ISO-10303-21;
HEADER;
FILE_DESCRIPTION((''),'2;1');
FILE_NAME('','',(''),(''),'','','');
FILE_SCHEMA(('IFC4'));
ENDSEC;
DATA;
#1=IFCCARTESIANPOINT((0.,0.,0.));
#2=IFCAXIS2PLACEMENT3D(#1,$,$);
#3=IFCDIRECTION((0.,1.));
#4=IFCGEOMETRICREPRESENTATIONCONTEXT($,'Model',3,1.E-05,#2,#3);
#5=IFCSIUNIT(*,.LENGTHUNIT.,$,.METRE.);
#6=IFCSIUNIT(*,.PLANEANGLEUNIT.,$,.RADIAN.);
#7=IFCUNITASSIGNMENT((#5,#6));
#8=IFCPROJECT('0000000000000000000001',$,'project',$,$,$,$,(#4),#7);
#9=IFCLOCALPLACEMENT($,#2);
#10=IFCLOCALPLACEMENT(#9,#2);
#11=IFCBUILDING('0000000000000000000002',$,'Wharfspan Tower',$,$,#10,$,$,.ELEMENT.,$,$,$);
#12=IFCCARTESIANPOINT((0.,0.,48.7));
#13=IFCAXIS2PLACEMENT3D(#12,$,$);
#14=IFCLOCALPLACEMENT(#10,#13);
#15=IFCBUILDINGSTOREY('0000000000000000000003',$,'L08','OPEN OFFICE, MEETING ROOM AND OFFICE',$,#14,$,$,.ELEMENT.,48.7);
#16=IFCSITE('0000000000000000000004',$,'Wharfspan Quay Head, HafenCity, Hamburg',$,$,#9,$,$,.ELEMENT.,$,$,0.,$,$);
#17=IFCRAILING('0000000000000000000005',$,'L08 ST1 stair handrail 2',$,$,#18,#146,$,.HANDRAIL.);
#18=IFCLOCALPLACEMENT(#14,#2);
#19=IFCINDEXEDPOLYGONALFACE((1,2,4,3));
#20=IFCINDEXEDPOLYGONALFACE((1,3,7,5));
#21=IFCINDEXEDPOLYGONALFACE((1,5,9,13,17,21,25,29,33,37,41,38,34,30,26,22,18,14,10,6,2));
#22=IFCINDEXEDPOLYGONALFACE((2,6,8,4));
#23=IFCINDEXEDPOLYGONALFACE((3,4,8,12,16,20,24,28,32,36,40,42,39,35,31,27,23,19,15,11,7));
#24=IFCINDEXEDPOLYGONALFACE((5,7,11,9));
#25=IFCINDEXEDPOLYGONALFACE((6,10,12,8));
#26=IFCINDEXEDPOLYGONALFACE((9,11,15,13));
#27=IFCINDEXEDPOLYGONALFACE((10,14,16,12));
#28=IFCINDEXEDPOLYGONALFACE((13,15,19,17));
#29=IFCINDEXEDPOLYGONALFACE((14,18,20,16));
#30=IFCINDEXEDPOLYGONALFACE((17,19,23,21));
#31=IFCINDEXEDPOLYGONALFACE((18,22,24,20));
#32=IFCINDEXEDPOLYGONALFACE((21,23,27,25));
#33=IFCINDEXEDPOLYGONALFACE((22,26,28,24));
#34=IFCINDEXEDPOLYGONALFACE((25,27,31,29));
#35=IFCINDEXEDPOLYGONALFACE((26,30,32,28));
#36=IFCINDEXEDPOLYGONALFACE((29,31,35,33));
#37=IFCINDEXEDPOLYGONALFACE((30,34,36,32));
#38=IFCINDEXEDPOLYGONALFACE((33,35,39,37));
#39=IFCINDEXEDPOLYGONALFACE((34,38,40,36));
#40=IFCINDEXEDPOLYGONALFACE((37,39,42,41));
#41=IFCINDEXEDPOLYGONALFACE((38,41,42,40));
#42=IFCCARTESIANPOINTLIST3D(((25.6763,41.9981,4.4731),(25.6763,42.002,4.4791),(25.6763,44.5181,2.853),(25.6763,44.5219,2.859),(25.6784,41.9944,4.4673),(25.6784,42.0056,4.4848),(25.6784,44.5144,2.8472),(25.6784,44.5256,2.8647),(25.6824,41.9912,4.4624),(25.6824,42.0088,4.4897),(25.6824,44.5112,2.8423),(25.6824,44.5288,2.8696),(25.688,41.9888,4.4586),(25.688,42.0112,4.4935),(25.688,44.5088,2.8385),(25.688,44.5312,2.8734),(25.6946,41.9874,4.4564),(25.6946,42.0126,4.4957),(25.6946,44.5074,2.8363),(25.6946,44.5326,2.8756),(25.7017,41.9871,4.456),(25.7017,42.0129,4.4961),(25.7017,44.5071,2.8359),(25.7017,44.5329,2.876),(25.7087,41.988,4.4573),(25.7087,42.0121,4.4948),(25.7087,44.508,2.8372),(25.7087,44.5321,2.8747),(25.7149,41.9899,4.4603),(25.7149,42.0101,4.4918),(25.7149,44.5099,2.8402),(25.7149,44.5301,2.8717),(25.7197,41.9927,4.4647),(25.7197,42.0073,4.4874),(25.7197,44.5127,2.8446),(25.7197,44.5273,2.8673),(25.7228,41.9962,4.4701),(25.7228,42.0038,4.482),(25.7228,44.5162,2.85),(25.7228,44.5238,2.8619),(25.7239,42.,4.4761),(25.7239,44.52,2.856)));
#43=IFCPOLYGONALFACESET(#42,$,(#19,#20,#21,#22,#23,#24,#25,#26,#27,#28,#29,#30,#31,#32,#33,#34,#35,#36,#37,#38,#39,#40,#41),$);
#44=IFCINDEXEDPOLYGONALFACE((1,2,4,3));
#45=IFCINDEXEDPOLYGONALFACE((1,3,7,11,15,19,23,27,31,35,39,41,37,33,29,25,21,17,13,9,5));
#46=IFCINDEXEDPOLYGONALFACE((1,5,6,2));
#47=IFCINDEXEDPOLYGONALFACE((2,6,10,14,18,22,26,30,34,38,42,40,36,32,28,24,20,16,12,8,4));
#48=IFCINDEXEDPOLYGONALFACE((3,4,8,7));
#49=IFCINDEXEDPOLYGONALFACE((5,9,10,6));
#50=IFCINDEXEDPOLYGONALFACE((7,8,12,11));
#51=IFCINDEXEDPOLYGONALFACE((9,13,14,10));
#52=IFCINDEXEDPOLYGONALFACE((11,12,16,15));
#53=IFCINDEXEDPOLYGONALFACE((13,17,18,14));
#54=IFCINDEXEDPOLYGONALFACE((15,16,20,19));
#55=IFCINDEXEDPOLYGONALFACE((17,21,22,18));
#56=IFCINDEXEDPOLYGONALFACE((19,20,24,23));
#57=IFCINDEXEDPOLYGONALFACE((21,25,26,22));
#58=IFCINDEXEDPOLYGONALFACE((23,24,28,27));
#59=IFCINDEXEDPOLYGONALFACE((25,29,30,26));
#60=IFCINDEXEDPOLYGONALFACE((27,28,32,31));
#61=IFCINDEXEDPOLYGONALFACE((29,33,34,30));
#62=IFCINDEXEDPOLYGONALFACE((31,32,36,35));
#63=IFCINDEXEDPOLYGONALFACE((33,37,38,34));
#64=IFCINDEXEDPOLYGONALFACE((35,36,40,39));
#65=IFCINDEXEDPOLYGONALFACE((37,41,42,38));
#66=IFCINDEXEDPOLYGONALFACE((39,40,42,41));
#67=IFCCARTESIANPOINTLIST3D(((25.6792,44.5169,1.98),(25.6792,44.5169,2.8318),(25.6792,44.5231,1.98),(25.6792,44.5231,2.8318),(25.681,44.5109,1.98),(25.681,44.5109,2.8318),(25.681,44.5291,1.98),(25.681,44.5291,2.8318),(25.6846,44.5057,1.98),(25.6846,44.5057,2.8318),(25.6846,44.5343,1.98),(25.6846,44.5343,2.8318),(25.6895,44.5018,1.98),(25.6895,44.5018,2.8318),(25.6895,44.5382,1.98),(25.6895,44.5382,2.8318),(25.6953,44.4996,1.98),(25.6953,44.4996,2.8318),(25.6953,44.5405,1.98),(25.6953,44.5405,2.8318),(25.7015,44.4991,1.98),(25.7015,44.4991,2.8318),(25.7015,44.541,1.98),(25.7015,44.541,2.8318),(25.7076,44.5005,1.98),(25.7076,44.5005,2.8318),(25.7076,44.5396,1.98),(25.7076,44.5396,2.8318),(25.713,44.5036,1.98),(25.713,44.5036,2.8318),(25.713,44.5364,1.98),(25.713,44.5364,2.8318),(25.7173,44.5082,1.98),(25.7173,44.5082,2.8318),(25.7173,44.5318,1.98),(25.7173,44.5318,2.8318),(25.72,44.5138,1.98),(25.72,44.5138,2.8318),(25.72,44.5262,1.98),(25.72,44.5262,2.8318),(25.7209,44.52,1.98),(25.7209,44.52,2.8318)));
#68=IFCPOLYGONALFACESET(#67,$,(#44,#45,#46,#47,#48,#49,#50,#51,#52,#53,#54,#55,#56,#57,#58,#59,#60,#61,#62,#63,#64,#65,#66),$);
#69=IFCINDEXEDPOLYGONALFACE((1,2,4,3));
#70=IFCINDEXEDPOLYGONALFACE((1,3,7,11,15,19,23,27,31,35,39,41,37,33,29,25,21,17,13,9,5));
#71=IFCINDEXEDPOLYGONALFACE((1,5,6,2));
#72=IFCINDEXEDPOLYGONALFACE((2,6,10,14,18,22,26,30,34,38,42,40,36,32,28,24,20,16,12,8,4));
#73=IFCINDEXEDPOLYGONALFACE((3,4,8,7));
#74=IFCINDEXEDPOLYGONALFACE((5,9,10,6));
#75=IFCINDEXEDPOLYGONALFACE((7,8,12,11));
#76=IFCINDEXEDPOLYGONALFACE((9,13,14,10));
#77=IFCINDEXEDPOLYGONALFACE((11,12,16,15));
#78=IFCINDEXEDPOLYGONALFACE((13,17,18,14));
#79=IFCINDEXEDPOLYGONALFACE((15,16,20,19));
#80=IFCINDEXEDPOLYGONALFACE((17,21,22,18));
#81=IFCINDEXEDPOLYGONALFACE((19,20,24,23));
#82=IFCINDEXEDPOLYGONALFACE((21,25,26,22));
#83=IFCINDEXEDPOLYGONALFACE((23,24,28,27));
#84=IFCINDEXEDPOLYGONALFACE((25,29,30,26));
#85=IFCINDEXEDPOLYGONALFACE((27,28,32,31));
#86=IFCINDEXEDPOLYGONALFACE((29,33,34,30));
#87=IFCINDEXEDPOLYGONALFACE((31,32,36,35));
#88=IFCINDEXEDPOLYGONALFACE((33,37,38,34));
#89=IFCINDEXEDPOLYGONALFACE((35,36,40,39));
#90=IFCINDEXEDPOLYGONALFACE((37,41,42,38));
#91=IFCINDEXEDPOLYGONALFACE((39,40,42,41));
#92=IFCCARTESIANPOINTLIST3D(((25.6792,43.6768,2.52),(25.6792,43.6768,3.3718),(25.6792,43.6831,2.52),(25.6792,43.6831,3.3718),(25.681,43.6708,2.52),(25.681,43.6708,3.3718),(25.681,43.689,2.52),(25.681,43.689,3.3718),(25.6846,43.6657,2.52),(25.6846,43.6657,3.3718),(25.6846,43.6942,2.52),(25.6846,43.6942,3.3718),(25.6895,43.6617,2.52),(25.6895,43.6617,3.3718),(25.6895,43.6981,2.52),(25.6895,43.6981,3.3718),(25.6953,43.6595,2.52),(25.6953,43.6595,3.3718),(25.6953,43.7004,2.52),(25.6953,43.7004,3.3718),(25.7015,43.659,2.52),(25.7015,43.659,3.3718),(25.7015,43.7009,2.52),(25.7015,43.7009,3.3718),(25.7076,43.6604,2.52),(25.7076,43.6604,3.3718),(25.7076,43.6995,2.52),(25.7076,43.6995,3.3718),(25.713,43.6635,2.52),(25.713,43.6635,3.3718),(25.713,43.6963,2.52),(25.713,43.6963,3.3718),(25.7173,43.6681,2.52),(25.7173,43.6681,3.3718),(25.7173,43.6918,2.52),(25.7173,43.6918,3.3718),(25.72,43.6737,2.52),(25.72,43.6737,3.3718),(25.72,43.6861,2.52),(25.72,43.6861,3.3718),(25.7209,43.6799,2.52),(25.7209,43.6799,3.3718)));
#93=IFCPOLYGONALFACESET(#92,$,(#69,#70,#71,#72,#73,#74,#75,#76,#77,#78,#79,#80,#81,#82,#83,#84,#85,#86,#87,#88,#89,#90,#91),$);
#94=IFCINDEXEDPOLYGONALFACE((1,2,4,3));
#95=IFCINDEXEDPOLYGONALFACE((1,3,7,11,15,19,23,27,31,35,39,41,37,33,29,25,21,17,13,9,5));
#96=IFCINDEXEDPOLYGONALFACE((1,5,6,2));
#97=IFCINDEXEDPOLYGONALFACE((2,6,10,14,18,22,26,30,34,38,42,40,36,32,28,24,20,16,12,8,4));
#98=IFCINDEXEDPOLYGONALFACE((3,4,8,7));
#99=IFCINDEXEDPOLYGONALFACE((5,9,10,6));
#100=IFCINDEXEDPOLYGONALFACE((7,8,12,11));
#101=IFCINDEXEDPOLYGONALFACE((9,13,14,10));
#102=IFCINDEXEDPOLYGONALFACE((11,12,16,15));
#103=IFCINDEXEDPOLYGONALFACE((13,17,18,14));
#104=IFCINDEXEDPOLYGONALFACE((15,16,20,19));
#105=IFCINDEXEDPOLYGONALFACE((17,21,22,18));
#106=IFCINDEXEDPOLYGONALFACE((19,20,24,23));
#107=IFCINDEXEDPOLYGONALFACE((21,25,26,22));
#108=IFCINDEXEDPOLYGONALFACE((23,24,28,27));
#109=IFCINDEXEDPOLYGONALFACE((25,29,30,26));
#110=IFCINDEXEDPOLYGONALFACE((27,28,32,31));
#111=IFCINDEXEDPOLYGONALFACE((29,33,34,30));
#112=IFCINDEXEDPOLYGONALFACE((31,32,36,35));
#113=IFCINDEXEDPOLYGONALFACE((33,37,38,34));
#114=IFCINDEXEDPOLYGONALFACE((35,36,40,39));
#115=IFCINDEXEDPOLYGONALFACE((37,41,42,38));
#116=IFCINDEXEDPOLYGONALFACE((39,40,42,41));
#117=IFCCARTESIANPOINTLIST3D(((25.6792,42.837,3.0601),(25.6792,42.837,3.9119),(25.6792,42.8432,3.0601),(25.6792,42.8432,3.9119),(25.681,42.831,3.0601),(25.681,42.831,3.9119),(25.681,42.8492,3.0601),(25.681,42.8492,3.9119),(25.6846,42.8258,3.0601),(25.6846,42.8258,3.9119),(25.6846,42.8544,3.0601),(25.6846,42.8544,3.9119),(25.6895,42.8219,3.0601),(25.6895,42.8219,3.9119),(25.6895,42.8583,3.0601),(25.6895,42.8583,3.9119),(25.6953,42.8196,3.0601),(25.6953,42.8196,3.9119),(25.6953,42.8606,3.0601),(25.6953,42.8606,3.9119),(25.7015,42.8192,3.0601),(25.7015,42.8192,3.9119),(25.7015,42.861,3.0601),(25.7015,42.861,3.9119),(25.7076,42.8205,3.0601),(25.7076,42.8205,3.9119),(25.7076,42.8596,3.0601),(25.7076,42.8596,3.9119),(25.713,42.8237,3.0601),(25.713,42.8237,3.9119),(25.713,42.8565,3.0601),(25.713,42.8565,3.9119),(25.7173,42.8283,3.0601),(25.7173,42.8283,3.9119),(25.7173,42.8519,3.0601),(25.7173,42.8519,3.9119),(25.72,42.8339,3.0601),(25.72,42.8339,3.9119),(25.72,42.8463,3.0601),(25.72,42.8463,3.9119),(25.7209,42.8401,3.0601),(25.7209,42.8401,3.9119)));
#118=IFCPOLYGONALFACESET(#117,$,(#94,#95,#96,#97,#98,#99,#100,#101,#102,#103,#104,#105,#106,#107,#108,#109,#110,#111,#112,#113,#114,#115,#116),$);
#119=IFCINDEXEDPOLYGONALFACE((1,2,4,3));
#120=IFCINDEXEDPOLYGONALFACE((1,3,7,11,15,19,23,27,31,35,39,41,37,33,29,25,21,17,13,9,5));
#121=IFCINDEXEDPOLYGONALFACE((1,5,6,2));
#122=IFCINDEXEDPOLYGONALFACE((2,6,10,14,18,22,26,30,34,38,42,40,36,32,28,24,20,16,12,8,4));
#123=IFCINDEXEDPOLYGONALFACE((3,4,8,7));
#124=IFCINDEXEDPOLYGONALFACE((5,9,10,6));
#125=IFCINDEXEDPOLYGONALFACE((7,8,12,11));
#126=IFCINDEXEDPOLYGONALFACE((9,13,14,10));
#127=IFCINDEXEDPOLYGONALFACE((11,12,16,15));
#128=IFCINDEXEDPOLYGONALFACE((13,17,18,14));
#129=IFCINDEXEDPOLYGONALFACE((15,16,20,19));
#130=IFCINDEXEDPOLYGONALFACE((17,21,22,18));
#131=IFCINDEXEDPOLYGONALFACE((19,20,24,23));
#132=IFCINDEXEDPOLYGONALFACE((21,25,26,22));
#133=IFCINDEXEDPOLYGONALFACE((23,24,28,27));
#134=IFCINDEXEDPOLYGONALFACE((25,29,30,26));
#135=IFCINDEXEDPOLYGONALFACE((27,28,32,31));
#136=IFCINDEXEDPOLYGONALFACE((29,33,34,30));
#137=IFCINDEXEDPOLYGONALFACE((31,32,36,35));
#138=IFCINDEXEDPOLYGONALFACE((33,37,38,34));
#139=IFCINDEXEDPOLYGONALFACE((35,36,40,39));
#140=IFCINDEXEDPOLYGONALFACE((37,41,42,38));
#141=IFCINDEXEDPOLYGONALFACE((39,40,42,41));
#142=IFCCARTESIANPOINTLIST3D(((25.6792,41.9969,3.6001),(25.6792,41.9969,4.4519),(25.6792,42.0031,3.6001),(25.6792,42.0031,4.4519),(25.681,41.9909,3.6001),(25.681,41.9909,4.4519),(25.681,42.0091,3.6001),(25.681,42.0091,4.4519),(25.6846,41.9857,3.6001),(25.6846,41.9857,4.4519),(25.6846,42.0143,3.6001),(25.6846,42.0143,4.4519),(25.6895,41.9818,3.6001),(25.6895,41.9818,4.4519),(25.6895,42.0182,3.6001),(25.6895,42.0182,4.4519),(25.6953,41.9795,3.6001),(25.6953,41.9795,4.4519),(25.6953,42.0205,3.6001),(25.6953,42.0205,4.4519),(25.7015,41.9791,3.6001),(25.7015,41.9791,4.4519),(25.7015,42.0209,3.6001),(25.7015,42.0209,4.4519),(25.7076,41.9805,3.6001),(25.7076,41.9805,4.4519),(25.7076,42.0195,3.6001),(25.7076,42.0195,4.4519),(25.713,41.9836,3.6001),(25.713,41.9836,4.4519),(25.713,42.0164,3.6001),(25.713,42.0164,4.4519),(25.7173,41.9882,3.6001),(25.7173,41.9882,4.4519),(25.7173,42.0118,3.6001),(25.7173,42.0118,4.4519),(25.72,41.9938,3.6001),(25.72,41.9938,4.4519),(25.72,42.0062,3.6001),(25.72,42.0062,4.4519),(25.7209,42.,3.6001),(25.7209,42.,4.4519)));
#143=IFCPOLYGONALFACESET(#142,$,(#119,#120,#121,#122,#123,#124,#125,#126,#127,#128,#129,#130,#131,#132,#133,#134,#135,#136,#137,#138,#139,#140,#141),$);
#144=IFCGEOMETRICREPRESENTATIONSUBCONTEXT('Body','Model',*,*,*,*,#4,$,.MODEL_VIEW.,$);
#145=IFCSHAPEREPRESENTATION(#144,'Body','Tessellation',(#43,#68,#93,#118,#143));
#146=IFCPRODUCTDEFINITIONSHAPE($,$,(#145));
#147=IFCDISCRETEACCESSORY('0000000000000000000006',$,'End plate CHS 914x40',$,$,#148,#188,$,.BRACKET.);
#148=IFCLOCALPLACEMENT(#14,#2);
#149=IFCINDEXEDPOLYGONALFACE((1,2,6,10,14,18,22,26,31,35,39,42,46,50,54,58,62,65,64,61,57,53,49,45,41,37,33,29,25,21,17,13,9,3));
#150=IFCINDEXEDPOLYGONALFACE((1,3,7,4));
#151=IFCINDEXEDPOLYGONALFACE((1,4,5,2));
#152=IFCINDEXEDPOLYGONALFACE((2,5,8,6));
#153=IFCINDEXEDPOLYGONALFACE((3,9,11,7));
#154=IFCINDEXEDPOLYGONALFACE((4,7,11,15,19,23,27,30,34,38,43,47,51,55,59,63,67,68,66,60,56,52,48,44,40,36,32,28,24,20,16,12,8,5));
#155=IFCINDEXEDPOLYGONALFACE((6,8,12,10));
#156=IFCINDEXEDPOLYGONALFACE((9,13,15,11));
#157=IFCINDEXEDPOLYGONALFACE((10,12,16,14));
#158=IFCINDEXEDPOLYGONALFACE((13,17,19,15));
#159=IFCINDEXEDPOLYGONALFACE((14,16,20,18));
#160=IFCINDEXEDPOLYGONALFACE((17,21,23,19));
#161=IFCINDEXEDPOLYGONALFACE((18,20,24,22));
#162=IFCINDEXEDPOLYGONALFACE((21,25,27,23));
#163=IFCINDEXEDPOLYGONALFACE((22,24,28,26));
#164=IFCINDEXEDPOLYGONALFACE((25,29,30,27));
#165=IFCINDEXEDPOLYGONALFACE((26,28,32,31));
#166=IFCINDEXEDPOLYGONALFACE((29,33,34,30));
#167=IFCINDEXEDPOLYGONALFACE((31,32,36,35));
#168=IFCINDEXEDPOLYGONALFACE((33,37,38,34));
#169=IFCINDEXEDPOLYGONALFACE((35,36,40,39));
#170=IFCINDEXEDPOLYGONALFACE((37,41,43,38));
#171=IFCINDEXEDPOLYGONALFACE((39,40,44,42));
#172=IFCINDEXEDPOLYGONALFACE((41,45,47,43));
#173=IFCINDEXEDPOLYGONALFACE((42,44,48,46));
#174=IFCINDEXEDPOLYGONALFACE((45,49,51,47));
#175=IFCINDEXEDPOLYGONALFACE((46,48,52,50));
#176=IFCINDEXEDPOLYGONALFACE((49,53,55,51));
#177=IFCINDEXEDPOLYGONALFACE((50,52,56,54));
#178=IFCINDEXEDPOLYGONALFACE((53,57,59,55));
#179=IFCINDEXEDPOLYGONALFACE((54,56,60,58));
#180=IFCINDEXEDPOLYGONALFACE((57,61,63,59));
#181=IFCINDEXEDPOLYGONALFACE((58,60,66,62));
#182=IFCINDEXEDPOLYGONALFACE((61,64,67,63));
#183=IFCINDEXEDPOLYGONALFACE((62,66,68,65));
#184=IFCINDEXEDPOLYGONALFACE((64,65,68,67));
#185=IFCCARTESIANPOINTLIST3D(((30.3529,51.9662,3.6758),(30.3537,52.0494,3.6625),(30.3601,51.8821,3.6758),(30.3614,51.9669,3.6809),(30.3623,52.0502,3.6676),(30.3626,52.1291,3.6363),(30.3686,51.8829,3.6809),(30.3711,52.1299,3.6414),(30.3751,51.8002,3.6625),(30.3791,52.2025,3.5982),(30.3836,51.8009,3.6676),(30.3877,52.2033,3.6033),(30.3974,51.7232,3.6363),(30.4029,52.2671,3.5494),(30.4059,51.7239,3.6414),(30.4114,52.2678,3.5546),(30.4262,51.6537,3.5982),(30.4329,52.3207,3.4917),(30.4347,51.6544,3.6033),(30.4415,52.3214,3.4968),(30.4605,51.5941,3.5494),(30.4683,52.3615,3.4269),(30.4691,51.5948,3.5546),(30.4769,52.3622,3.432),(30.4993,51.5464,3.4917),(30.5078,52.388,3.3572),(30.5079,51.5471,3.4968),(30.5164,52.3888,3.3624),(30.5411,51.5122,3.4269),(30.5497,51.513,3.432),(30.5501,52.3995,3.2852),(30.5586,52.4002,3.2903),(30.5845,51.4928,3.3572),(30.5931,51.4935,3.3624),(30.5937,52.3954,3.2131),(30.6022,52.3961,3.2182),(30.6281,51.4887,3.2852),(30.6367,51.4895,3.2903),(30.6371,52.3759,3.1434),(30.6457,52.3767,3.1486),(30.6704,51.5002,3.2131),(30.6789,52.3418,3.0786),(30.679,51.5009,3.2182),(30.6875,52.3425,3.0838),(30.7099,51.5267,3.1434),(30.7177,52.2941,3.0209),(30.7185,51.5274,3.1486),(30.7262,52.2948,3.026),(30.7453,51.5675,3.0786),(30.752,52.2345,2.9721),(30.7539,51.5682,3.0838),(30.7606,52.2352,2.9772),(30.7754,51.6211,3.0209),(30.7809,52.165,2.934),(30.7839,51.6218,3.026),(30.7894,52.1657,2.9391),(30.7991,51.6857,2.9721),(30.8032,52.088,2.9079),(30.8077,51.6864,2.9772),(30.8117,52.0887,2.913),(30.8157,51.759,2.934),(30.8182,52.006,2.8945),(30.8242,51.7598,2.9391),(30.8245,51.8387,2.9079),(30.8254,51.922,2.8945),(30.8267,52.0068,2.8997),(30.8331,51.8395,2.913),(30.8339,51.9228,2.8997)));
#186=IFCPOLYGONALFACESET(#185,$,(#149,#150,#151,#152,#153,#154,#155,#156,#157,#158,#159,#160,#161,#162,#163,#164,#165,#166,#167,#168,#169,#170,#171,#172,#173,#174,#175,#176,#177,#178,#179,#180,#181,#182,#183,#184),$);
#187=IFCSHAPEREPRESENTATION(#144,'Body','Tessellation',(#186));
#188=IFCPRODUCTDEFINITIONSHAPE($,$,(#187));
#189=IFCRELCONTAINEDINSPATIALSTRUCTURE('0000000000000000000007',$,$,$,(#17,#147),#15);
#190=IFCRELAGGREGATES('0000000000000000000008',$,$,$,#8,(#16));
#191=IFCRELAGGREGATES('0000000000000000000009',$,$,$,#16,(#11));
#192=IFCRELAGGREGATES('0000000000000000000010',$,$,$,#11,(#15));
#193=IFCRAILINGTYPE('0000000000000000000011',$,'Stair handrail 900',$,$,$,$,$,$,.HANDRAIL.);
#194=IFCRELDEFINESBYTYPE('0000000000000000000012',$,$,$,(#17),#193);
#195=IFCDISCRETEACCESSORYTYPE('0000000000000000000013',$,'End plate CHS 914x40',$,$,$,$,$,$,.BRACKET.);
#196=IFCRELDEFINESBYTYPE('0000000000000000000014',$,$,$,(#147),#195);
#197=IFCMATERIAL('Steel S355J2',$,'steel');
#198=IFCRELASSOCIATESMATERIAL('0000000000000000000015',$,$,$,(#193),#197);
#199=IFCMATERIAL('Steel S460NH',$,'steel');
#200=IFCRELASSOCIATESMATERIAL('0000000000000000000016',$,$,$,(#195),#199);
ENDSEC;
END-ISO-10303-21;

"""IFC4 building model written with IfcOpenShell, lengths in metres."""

from ifc_helpers import new_model, si_unit, direction, frame, origin, origin_2d, place, context, subcontext, project, spatial, circle, extrude, material, material_profile, profile_set, type_object, element, save


model = new_model("IFC4")

# Units and contexts
model_context = context("Model", 3, precision=1e-05, world=origin(), true_north=direction((0.0, 1.0)))
body_context = subcontext(model_context, "Body", "Model", "MODEL_VIEW")
ifc_project = project(units=[si_unit("LENGTHUNIT", "METRE"), si_unit("PLANEANGLEUNIT", "RADIAN")], contexts=[model_context])

# Site, building, storey
site_placement = place(None, origin())
site = spatial("IfcSite", under=ifc_project, at=site_placement, Name="Wharfspan Quay Head, HafenCity, Hamburg", CompositionType="ELEMENT", RefElevation=0.0)
building_placement = place(site_placement, origin())
building = spatial("IfcBuilding", under=site, at=building_placement, Name="Wharfspan Tower", CompositionType="ELEMENT")
storey_placement = place(building_placement, frame((0.0, 0.0, 48.7)))
storey = spatial("IfcBuildingStorey", under=building, at=storey_placement, Name="L08", Description="OPEN OFFICE, MEETING ROOM AND OFFICE", CompositionType="ELEMENT", Elevation=48.7)

# Shared definitions
ifc_material_1 = material(Name="Steel S355J2", Category="steel")

# Shared definitions
ifc_material_2 = material(Name="Steel S460NH", Category="steel")

# Railing
railing_type_1 = type_object("IfcRailingType", Name="Stair handrail 900", PredefinedType="HANDRAIL", material=ifc_material_1)
railing_1_placement = place(storey_placement, frame((25.7, 44.52, 1.98)))
element("IfcRailing", 1, at=railing_1_placement, inside=storey, type_object=railing_type_1, Name="L08 ST1 stair handrail 2", PredefinedType="HANDRAIL", context=body_context, shape_type="SweptSolid", body=[
    extrude(circle(Radius=0.0239, at=origin_2d()), frame((0.0, 0.0, 0.876), z_axis=(0.0, -0.841163, 0.540782), x_axis=(1.0, 0.0, 0.0)), (0.0, 0.0, 1.0), 2.9958),
    extrude(circle(Radius=0.021, at=origin_2d()), origin(), (0.0, 0.0, 1.0), 0.8518),
    extrude(circle(Radius=0.021, at=origin_2d()), frame((0.0, -0.8401, 0.54)), (0.0, 0.0, 1.0), 0.8518),
    extrude(circle(Radius=0.021, at=origin_2d()), frame((0.0, -1.6799, 1.0801)), (0.0, 0.0, 1.0), 0.8518),
    extrude(circle(Radius=0.021, at=origin_2d()), frame((0.0, -2.52, 1.6201)), (0.0, 0.0, 1.0), 0.8518),
])

# Discrete accessory
ifc_material_profile_1 = material_profile(ifc_material_2, circle(Radius=0.457, at=origin_2d()))
ifc_profile_set_1 = profile_set([ifc_material_profile_1], Name="Steel S460NH")
discrete_accessory_type = type_object("IfcDiscreteAccessoryType", Name="End plate CHS 914x40", PredefinedType="BRACKET", material=ifc_profile_set_1)
for number, where, z_axis, x_axis, name in (
    (2, (30.5891, 51.9441, 3.2852), (0.855186, 0.073302, 0.513112), (-0.085402, 0.996345, 0.000001), "End plate CHS 914x40"),
):
    element("IfcDiscreteAccessory", number, at=place(storey_placement, frame(where, z_axis=z_axis, x_axis=x_axis)), inside=storey, type_object=discrete_accessory_type, Name=name, PredefinedType="BRACKET", context=body_context, shape_type="SweptSolid", body=[
        extrude(circle(Radius=0.457, at=origin_2d()), origin(), (0.0, 0.0, 1.0), 0.01),
    ])

save(model, "model.ifc")
